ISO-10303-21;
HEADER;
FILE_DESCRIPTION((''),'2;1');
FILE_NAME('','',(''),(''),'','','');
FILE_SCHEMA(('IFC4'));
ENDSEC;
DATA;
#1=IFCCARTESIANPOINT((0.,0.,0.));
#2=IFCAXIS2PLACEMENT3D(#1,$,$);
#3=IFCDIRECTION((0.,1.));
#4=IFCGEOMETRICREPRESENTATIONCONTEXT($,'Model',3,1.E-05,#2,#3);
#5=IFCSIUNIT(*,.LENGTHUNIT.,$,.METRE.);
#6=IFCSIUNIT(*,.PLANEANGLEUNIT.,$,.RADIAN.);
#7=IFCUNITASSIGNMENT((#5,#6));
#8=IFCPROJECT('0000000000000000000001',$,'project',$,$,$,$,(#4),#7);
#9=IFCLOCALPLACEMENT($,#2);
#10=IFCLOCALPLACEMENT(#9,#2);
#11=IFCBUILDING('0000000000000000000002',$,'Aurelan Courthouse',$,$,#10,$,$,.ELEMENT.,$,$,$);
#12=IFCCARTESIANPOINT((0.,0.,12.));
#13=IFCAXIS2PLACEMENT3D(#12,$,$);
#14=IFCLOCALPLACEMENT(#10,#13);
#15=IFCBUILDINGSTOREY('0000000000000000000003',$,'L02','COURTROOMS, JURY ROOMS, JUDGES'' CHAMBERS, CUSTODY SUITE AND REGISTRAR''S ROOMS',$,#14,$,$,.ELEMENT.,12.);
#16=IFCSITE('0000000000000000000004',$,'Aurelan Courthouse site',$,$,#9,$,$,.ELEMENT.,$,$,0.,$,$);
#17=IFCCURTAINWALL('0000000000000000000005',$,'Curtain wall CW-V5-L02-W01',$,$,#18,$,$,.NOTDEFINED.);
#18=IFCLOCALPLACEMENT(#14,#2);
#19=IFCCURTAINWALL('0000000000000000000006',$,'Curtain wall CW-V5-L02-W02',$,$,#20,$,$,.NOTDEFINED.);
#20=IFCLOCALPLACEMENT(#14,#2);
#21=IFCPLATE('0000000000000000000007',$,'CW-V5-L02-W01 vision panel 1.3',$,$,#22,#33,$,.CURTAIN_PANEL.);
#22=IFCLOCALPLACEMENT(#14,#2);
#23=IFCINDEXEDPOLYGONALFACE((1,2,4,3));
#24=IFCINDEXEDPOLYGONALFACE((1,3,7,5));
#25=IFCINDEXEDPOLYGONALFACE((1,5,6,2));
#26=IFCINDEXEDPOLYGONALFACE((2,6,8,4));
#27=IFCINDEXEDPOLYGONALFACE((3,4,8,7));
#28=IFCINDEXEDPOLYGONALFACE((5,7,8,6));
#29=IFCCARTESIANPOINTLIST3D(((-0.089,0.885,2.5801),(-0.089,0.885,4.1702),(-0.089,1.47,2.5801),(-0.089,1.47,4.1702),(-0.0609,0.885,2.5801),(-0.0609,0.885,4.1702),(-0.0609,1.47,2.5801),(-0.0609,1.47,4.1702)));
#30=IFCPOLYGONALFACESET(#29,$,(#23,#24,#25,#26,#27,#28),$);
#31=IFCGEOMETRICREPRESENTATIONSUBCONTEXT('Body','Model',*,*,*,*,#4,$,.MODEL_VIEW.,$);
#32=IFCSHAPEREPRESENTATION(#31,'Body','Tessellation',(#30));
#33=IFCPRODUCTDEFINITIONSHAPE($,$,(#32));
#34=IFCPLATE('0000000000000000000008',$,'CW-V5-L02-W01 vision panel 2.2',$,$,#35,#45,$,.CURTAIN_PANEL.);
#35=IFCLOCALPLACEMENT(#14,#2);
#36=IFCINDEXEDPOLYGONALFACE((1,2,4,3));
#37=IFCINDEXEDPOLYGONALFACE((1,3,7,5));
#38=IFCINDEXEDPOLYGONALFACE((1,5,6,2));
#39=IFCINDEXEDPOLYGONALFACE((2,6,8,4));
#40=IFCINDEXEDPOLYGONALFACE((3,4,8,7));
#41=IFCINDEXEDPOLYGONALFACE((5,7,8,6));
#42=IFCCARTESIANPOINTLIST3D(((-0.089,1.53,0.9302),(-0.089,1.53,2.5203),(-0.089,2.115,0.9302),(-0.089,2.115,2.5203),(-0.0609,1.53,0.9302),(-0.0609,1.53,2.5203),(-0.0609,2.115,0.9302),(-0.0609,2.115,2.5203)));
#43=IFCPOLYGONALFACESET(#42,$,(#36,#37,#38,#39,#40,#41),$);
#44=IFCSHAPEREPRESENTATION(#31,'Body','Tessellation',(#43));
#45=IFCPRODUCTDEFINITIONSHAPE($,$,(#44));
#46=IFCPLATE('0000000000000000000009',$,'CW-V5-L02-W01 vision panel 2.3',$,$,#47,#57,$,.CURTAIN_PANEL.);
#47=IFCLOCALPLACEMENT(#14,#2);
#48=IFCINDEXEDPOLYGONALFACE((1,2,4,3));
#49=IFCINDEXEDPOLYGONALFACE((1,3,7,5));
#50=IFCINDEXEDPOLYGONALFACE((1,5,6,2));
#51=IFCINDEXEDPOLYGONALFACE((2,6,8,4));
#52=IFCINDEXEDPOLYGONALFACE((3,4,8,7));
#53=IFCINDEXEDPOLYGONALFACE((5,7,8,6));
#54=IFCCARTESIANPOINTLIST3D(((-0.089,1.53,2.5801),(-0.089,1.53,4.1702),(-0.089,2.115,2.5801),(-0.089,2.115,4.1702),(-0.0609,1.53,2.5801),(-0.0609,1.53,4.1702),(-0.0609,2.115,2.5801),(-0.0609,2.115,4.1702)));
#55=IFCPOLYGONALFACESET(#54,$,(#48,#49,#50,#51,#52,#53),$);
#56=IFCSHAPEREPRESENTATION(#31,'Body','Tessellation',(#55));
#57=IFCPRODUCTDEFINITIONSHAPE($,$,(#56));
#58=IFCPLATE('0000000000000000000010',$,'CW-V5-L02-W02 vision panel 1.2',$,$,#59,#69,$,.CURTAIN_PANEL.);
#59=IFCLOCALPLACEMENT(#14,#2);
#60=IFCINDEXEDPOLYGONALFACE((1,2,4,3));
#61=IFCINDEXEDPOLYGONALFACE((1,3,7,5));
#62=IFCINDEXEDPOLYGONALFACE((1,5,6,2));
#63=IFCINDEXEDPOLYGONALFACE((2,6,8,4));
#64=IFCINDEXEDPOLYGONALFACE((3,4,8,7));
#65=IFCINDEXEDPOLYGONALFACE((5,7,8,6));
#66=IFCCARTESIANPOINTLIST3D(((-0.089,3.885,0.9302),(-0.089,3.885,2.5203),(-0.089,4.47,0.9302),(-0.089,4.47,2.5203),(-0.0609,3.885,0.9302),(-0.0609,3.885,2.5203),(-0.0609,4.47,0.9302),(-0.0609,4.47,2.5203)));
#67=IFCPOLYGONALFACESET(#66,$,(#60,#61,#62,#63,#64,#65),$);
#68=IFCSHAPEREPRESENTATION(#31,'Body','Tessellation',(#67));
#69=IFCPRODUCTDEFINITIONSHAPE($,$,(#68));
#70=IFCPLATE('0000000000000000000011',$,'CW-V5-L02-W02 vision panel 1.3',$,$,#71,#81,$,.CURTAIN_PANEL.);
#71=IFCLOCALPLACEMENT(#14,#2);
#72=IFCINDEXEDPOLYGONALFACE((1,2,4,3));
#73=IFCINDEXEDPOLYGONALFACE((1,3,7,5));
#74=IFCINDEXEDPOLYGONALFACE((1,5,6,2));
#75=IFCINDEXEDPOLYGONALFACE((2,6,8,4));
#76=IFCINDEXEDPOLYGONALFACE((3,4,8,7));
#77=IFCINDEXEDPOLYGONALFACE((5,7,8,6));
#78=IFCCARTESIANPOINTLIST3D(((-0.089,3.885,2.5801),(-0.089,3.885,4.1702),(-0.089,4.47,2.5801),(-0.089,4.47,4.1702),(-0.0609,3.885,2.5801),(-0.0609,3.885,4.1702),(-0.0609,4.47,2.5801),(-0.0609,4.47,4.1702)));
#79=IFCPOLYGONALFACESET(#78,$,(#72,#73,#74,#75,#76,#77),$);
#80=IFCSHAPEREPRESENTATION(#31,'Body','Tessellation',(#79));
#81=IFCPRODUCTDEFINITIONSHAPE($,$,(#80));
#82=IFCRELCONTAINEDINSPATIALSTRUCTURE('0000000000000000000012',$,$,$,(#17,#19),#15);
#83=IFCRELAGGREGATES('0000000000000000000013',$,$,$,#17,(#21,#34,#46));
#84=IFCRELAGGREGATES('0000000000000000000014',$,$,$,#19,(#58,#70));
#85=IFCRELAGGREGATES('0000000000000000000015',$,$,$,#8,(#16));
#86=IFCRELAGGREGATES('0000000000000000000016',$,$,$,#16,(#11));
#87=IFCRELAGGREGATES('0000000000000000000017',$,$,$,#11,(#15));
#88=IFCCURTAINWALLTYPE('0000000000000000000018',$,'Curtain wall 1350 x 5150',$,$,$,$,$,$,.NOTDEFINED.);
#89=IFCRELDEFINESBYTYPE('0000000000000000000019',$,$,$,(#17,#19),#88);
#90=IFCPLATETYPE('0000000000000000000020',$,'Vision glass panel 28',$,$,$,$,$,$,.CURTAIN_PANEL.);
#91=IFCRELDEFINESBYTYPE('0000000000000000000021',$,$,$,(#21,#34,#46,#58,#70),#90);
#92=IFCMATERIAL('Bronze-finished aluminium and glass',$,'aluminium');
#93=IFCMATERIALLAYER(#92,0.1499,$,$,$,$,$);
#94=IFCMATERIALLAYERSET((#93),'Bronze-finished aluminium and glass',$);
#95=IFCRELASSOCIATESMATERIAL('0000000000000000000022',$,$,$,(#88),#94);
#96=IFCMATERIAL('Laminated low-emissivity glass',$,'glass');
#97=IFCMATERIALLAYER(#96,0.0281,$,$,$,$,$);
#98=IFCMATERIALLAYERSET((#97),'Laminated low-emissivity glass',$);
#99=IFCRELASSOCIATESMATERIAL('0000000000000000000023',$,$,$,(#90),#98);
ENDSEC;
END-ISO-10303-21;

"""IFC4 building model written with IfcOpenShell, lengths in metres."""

from ifc_helpers import new_model, si_unit, direction, frame, origin, origin_2d, place, context, subcontext, project, spatial, rectangle, extrude, material, layer, layer_set, type_object, element, aggregate, save


model = new_model("IFC4")

# Units and contexts
model_context = context("Model", 3, precision=1e-05, world=origin(), true_north=direction((0.0, 1.0)))
body_context = subcontext(model_context, "Body", "Model", "MODEL_VIEW")
ifc_project = project(units=[si_unit("LENGTHUNIT", "METRE"), si_unit("PLANEANGLEUNIT", "RADIAN")], contexts=[model_context])

# Site, building, storey
site_placement = place(None, origin())
site = spatial("IfcSite", under=ifc_project, at=site_placement, Name="Aurelan Courthouse site", CompositionType="ELEMENT", RefElevation=0.0)
building_placement = place(site_placement, origin())
building = spatial("IfcBuilding", under=site, at=building_placement, Name="Aurelan Courthouse", CompositionType="ELEMENT")
storey_placement = place(building_placement, frame((0.0, 0.0, 12.0)))
storey = spatial("IfcBuildingStorey", under=building, at=storey_placement, Name="L02", Description="COURTROOMS, JURY ROOMS, JUDGES' CHAMBERS, CUSTODY SUITE AND REGISTRAR'S ROOMS", CompositionType="ELEMENT", Elevation=12.0)

# Curtain walls
ifc_material_1 = material(Name="Bronze-finished aluminium and glass", Category="aluminium")
ifc_layer_1 = layer(ifc_material_1, 0.1499)
ifc_layer_set_1 = layer_set([ifc_layer_1], Name="Bronze-finished aluminium and glass")
curtain_wall_type = type_object("IfcCurtainWallType", Name="Curtain wall 1350 x 5150", PredefinedType="NOTDEFINED", material=ifc_layer_set_1)
curtain_wall_1_placement = place(storey_placement, origin())
curtain_wall_1 = element("IfcCurtainWall", 1, at=curtain_wall_1_placement, inside=storey, type_object=curtain_wall_type, Name="Curtain wall CW-V5-L02-W01", PredefinedType="NOTDEFINED")
curtain_wall_2_placement = place(storey_placement, origin())
curtain_wall_2 = element("IfcCurtainWall", 2, at=curtain_wall_2_placement, inside=storey, type_object=curtain_wall_type, Name="Curtain wall CW-V5-L02-W02", PredefinedType="NOTDEFINED")

# Plates
ifc_material_2 = material(Name="Laminated low-emissivity glass", Category="glass")
ifc_layer_2 = layer(ifc_material_2, 0.0281)
ifc_layer_set_2 = layer_set([ifc_layer_2], Name="Laminated low-emissivity glass")
plate_type_1 = type_object("IfcPlateType", Name="Vision glass panel 28", PredefinedType="CURTAIN_PANEL", material=ifc_layer_set_2)
plate_1_placement = place(storey_placement, frame((-0.075, 1.1775, 2.5801), z_axis=(0.0, 0.0, 1.0), x_axis=(0.0, 1.0, 0.0)))
plate_1 = element("IfcPlate", 3, at=plate_1_placement, type_object=plate_type_1, Name="CW-V5-L02-W01 vision panel 1.3", PredefinedType="CURTAIN_PANEL", context=body_context, shape_type="SweptSolid", body=[
    extrude(rectangle(XDim=0.585, YDim=0.0281, at=origin_2d()), origin(), (0.0, 0.0, 1.0), 1.5901),
])
plate_2_placement = place(storey_placement, frame((-0.075, 1.8225, 0.9302), z_axis=(0.0, 0.0, 1.0), x_axis=(0.0, 1.0, 0.0)))
plate_2 = element("IfcPlate", 4, at=plate_2_placement, type_object=plate_type_1, Name="CW-V5-L02-W01 vision panel 2.2", PredefinedType="CURTAIN_PANEL", context=body_context, shape_type="SweptSolid", body=[
    extrude(rectangle(XDim=0.585, YDim=0.0281, at=origin_2d()), origin(), (0.0, 0.0, 1.0), 1.5901),
])
plate_3_placement = place(storey_placement, frame((-0.075, 1.8225, 2.5801), z_axis=(0.0, 0.0, 1.0), x_axis=(0.0, 1.0, 0.0)))
plate_3 = element("IfcPlate", 5, at=plate_3_placement, type_object=plate_type_1, Name="CW-V5-L02-W01 vision panel 2.3", PredefinedType="CURTAIN_PANEL", context=body_context, shape_type="SweptSolid", body=[
    extrude(rectangle(XDim=0.585, YDim=0.0281, at=origin_2d()), origin(), (0.0, 0.0, 1.0), 1.5901),
])
aggregate(curtain_wall_1, [plate_1, plate_2, plate_3])
plate_4_placement = place(storey_placement, frame((-0.075, 4.1775, 0.9302), z_axis=(0.0, 0.0, 1.0), x_axis=(0.0, 1.0, 0.0)))
plate_4 = element("IfcPlate", 6, at=plate_4_placement, type_object=plate_type_1, Name="CW-V5-L02-W02 vision panel 1.2", PredefinedType="CURTAIN_PANEL", context=body_context, shape_type="SweptSolid", body=[
    extrude(rectangle(XDim=0.585, YDim=0.0281, at=origin_2d()), origin(), (0.0, 0.0, 1.0), 1.5901),
])
plate_5_placement = place(storey_placement, frame((-0.075, 4.1775, 2.5801), z_axis=(0.0, 0.0, 1.0), x_axis=(0.0, 1.0, 0.0)))
plate_5 = element("IfcPlate", 7, at=plate_5_placement, type_object=plate_type_1, Name="CW-V5-L02-W02 vision panel 1.3", PredefinedType="CURTAIN_PANEL", context=body_context, shape_type="SweptSolid", body=[
    extrude(rectangle(XDim=0.585, YDim=0.0281, at=origin_2d()), origin(), (0.0, 0.0, 1.0), 1.5901),
])
aggregate(curtain_wall_2, [plate_4, plate_5])

save(model, "model.ifc")
